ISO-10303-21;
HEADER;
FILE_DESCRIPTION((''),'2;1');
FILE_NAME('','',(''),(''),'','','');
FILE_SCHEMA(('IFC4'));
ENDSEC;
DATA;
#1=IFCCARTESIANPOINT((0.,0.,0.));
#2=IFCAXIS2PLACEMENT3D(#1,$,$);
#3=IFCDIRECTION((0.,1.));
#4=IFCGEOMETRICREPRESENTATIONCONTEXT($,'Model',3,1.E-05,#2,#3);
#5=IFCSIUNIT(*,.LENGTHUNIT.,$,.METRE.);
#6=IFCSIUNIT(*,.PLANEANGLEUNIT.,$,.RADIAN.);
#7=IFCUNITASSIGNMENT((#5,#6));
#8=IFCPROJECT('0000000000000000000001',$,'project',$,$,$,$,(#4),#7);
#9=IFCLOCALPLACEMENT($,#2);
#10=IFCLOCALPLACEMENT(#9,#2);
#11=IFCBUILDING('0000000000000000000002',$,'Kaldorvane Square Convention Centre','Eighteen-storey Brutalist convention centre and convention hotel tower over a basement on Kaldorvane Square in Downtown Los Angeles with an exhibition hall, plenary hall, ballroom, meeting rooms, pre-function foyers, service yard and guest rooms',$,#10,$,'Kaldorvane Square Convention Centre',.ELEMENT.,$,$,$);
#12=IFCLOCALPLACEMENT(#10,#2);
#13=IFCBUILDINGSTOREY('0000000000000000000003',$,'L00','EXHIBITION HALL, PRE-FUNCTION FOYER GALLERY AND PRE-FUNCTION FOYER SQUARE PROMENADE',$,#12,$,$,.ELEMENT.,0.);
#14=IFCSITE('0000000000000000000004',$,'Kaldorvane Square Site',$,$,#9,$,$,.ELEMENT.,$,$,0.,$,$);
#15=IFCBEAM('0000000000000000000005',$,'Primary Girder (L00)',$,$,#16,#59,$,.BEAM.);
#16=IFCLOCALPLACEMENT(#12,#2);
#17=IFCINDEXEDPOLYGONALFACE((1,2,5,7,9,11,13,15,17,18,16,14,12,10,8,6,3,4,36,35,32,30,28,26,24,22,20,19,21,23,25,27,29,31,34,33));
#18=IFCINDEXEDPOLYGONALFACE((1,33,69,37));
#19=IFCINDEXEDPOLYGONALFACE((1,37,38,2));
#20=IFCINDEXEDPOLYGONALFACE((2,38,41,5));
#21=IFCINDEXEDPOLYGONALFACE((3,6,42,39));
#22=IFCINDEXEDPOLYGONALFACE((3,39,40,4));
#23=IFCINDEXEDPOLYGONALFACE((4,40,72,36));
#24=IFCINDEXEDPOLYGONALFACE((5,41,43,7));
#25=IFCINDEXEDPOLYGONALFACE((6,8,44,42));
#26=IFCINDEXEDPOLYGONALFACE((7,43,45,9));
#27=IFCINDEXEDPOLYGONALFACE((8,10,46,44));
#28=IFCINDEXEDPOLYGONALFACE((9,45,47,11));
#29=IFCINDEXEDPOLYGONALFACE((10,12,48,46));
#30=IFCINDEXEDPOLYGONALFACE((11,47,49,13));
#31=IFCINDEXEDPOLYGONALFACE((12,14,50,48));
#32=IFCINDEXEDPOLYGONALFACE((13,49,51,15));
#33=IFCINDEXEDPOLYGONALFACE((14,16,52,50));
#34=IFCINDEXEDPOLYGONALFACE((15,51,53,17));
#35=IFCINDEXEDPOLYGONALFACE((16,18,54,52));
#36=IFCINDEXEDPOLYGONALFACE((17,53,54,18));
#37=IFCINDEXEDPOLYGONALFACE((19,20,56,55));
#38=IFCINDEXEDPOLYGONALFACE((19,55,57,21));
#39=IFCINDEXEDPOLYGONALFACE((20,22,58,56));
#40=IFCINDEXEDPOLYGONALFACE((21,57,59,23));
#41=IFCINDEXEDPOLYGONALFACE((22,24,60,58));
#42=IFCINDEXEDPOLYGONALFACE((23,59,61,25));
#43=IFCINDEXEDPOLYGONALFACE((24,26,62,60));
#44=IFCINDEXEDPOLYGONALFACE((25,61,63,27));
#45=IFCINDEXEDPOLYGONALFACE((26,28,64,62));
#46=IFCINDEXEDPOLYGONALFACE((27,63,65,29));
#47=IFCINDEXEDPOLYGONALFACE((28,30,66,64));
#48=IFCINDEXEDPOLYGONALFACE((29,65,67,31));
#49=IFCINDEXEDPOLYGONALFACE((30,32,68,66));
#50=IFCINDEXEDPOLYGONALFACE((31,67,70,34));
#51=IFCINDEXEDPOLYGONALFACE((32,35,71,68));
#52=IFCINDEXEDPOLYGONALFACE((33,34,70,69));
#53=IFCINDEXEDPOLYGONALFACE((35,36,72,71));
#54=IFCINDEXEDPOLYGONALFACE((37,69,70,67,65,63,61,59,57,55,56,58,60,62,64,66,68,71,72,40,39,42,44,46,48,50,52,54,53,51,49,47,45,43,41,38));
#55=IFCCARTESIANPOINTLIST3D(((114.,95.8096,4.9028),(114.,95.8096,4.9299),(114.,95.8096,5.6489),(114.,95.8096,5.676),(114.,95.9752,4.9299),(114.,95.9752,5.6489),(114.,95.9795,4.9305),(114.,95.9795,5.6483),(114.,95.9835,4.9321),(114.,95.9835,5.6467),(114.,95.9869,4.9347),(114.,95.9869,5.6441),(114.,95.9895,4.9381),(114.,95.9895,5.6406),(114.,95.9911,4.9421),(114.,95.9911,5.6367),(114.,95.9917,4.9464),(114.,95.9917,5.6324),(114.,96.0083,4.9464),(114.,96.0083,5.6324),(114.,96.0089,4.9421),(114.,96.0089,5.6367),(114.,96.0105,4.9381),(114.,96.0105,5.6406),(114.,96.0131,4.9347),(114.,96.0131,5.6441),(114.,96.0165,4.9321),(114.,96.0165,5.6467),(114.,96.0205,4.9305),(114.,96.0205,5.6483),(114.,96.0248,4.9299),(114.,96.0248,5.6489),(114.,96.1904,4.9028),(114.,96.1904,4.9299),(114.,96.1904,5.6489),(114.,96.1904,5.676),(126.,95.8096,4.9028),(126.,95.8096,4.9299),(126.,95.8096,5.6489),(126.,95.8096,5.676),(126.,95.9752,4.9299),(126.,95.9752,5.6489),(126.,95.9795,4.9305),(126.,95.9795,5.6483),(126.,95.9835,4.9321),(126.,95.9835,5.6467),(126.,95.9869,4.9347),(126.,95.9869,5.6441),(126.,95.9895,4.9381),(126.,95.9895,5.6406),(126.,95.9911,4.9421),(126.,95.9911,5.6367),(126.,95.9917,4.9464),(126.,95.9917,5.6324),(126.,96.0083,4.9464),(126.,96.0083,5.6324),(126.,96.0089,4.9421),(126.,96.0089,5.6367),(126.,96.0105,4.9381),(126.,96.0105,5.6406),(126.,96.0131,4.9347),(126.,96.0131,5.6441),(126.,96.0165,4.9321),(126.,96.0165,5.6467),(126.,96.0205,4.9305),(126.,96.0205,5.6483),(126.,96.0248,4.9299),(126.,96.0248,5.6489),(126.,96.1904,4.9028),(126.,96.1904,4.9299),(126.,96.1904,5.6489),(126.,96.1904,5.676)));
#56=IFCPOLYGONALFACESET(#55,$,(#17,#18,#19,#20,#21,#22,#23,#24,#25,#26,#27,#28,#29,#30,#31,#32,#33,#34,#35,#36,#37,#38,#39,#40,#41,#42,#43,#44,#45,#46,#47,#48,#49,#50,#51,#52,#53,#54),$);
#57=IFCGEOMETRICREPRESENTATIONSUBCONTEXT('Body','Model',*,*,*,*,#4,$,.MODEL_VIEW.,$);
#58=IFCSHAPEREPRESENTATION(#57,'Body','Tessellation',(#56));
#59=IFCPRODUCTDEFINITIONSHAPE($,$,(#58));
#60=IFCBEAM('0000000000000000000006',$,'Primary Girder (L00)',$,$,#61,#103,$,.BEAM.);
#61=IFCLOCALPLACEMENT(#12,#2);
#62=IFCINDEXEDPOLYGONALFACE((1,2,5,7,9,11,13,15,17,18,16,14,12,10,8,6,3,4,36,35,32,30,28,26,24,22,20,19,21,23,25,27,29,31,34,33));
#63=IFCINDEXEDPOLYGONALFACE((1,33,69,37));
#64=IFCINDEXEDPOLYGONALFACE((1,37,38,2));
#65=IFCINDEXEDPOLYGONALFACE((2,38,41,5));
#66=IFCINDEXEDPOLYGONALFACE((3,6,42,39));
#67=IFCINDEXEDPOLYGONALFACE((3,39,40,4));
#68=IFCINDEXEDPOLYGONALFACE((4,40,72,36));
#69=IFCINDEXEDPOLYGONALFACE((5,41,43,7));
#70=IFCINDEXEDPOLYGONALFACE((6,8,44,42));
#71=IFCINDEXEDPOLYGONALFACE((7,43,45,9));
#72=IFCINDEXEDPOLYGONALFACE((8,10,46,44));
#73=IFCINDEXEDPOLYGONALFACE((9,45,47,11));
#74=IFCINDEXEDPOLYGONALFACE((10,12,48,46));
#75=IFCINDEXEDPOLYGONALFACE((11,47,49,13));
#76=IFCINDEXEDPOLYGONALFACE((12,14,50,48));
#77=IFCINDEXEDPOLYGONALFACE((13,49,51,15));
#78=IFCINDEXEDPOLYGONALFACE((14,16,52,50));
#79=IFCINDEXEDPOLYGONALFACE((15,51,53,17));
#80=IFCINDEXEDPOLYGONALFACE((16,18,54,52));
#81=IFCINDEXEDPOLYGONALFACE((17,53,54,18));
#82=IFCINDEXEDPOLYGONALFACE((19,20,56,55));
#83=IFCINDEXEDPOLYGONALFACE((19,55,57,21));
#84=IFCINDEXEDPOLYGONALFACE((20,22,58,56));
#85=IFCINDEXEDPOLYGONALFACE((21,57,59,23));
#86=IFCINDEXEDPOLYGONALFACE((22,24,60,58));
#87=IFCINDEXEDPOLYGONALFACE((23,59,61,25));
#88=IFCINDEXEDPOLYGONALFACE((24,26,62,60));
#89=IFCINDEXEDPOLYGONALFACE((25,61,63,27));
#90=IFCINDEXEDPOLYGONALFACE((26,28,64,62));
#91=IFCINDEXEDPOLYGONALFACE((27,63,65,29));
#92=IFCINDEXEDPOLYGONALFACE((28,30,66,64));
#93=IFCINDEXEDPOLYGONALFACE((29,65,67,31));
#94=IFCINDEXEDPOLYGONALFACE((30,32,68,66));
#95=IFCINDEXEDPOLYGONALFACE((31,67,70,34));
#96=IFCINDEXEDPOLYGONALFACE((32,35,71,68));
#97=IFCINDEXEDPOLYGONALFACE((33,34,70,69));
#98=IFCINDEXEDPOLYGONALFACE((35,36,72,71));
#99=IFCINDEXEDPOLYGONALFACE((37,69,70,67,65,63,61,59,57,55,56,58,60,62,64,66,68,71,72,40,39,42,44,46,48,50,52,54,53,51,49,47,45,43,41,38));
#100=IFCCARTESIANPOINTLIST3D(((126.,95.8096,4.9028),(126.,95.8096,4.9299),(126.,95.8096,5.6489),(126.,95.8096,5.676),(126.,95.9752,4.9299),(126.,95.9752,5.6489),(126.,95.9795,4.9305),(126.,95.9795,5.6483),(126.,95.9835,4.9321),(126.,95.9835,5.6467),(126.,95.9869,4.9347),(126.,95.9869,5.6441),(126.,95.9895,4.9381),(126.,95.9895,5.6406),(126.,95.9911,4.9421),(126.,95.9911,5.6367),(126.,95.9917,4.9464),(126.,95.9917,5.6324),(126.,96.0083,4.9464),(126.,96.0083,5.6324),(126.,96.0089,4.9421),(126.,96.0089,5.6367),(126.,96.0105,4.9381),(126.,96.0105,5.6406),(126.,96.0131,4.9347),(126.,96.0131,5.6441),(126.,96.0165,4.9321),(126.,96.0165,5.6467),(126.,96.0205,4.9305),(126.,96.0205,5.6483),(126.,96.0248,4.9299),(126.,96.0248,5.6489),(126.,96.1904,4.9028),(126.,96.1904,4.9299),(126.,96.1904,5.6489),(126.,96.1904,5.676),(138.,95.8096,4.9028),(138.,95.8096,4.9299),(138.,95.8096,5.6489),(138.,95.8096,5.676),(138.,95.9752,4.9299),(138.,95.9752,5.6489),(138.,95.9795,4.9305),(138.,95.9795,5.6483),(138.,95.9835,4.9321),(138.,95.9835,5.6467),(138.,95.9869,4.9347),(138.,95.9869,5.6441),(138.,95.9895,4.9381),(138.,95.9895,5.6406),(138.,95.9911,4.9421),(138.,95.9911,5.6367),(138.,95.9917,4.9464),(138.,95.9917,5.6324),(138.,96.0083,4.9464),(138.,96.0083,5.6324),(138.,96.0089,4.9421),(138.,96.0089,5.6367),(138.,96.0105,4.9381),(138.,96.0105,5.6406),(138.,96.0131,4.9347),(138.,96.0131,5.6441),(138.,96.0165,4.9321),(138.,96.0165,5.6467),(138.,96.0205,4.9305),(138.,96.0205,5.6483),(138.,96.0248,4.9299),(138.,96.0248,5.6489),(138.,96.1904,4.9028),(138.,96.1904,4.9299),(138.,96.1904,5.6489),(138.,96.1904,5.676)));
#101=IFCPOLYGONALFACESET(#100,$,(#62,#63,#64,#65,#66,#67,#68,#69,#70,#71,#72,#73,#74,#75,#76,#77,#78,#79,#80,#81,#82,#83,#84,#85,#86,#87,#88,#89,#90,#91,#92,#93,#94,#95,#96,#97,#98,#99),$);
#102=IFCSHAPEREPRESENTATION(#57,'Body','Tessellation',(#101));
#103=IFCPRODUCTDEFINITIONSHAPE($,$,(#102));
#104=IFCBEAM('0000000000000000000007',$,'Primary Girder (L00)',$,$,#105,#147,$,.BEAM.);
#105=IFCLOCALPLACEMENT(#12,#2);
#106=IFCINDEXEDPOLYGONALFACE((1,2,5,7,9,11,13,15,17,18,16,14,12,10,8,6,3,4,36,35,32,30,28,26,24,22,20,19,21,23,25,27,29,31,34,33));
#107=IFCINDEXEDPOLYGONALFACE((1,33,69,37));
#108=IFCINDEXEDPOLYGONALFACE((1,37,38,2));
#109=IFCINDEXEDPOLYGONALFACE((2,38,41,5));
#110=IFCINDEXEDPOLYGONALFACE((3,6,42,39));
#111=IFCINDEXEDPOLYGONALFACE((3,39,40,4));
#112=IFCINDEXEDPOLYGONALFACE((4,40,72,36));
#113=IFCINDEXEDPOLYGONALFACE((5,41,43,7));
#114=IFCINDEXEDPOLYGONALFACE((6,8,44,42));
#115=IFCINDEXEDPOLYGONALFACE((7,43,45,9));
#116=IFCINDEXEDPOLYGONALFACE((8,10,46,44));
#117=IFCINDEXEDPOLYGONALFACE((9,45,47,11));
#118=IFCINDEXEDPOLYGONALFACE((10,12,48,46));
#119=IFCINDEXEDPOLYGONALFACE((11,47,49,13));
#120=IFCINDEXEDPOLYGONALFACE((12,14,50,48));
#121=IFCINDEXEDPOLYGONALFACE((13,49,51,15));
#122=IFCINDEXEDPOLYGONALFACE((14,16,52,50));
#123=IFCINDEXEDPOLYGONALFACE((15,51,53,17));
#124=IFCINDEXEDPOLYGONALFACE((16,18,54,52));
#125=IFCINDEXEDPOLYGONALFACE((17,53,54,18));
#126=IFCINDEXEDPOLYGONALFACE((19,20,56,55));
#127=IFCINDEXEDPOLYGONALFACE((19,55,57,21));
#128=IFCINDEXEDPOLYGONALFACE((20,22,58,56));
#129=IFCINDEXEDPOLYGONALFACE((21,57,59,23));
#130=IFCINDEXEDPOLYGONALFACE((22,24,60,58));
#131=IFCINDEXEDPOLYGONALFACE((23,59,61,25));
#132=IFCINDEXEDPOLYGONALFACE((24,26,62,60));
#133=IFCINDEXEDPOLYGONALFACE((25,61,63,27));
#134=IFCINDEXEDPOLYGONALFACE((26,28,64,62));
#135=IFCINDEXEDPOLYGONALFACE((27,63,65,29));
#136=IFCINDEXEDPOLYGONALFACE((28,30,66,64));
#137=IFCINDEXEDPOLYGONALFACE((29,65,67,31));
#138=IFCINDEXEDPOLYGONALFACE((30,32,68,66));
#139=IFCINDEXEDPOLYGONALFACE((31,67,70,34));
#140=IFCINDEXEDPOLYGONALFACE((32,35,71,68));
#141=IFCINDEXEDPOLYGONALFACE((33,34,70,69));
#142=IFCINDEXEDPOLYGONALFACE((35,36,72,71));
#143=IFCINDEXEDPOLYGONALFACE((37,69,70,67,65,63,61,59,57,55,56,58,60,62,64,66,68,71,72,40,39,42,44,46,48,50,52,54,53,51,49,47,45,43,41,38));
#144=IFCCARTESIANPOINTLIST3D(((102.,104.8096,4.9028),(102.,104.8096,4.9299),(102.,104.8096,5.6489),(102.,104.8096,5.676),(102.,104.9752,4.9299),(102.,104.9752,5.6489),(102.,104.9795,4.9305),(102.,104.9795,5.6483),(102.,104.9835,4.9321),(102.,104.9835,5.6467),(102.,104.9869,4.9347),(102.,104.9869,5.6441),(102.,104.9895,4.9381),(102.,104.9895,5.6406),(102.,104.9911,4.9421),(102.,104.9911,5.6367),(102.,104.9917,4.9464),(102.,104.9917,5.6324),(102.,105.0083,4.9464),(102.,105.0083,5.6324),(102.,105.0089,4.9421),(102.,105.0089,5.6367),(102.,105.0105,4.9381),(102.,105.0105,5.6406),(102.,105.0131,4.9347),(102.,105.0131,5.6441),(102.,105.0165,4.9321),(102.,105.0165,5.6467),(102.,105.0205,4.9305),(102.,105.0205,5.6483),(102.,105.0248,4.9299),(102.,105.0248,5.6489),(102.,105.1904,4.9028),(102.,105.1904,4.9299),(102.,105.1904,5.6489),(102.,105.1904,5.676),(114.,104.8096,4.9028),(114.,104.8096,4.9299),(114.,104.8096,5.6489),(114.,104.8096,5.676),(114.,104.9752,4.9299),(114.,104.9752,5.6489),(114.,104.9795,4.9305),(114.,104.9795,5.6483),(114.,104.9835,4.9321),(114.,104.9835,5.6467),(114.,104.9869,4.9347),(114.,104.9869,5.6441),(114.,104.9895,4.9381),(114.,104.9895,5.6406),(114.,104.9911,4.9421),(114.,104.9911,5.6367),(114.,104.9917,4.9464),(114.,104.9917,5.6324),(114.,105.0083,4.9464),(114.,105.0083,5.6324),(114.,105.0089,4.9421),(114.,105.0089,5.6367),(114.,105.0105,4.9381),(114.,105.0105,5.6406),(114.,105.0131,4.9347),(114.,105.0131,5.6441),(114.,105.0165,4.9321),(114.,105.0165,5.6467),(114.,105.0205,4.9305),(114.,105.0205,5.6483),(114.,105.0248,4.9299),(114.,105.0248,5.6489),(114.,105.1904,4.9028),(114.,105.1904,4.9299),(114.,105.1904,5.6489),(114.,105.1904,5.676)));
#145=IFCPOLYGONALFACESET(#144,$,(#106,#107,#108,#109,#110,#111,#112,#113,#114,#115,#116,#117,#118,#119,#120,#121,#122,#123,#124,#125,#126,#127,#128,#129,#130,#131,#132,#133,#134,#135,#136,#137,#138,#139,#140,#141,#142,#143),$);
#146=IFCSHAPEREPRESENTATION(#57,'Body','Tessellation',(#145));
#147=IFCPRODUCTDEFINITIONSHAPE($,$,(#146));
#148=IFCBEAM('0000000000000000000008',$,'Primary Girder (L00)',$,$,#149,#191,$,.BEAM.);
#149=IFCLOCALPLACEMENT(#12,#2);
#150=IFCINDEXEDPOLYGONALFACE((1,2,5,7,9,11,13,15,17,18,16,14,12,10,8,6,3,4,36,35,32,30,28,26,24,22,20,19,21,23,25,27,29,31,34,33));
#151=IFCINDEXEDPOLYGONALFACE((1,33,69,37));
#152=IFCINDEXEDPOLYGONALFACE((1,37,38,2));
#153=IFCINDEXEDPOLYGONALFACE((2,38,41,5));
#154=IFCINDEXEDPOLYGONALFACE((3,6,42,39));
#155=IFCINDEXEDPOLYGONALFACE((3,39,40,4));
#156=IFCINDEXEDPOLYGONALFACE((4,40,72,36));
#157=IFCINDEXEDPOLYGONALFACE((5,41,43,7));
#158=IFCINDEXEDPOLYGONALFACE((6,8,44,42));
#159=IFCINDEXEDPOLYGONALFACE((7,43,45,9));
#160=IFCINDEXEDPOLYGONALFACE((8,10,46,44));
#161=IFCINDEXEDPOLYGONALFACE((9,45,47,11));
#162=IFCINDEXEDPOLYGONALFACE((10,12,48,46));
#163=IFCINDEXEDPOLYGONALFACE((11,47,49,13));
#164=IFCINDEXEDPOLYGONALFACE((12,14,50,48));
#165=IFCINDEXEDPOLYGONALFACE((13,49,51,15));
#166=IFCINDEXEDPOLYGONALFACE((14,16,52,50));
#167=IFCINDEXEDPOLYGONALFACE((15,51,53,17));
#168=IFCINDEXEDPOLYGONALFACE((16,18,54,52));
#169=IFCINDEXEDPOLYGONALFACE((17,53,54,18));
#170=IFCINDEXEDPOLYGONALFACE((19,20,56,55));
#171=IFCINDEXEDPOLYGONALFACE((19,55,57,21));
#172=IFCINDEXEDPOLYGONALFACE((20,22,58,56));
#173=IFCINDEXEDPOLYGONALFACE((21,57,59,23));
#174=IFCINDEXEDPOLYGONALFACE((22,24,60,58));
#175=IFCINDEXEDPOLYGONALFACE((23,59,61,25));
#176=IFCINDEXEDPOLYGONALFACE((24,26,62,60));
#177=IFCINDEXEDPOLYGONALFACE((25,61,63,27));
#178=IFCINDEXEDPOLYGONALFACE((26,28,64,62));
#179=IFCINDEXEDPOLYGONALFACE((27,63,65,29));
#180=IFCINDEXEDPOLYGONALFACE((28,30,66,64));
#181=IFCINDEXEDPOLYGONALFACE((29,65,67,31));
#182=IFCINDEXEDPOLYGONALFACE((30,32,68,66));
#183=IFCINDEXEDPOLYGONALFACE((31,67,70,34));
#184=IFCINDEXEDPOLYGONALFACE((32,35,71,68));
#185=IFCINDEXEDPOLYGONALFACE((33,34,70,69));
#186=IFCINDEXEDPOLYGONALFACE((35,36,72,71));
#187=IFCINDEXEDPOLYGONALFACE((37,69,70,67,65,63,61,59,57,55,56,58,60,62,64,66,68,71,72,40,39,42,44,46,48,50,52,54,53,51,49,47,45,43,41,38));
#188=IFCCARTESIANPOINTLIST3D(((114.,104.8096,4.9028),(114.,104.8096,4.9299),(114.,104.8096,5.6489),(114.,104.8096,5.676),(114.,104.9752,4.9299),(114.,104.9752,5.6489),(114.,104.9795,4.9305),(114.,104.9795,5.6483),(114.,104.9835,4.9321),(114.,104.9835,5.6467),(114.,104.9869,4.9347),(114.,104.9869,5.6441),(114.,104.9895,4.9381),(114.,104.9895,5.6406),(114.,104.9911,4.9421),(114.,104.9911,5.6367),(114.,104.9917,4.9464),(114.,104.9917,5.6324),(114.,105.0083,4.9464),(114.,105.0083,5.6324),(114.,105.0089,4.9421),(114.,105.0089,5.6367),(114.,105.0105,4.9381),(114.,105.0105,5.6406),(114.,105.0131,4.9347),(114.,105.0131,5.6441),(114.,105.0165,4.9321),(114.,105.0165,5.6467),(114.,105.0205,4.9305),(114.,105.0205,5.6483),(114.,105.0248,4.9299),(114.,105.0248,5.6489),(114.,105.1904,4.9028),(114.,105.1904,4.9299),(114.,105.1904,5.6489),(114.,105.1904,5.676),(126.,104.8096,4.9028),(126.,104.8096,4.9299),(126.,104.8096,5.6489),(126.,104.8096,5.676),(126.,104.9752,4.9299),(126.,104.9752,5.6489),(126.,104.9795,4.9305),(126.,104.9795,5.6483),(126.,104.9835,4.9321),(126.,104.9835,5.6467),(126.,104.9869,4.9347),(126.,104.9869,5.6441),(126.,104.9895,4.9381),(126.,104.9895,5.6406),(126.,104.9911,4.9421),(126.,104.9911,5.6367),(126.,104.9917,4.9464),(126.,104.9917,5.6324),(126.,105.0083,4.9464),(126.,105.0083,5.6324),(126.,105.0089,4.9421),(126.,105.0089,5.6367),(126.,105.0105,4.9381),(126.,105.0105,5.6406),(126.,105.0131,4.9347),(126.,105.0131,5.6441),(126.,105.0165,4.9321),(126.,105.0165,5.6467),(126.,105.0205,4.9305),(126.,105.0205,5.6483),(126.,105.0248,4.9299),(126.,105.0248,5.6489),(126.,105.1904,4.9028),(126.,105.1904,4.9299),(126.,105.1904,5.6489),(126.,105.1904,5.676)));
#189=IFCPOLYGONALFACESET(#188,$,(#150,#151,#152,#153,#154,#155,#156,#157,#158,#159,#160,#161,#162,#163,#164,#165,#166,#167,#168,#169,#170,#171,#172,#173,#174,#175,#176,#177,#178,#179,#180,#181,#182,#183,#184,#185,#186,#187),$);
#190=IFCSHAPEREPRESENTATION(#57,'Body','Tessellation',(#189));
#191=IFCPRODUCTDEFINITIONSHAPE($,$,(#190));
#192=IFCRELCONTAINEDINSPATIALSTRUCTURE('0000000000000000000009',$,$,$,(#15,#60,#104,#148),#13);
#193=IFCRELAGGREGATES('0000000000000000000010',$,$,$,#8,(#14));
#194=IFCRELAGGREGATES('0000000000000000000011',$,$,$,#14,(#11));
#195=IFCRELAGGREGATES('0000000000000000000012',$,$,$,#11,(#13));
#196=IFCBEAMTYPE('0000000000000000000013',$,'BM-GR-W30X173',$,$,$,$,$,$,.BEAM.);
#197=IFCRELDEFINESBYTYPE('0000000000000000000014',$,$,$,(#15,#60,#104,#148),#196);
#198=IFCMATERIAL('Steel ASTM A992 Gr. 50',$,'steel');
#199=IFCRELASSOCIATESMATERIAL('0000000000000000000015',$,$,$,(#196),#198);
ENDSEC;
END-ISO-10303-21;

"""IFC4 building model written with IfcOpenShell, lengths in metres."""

from ifc_helpers import new_model, si_unit, direction, frame, origin, origin_2d, place, context, subcontext, project, spatial, i_section, extrude, material, material_profile, profile_set, type_object, element, save


model = new_model("IFC4")

# Units and contexts
model_context = context("Model", 3, precision=1e-05, world=origin(), true_north=direction((0.0, 1.0)))
body_context = subcontext(model_context, "Body", "Model", "MODEL_VIEW")
ifc_project = project(units=[si_unit("LENGTHUNIT", "METRE"), si_unit("PLANEANGLEUNIT", "RADIAN")], contexts=[model_context])

# Site, building, storey
site_placement = place(None, origin())
site = spatial("IfcSite", under=ifc_project, at=site_placement, Name="Kaldorvane Square Site", CompositionType="ELEMENT", RefElevation=0.0)
building_placement = place(site_placement, origin())
building = spatial("IfcBuilding", under=site, at=building_placement, Name="Kaldorvane Square Convention Centre", Description="Eighteen-storey Brutalist convention centre and convention hotel tower over a basement on Kaldorvane Square in Downtown Los Angeles with an exhibition hall, plenary hall, ballroom, meeting rooms, pre-function foyers, service yard and guest rooms", LongName="Kaldorvane Square Convention Centre", CompositionType="ELEMENT")
storey_placement = place(building_placement, origin())
storey = spatial("IfcBuildingStorey", under=building, at=storey_placement, Name="L00", Description="EXHIBITION HALL, PRE-FUNCTION FOYER GALLERY AND PRE-FUNCTION FOYER SQUARE PROMENADE", CompositionType="ELEMENT", Elevation=0.0)

# Shared definitions
ifc_material_1 = material(Name="Steel ASTM A992 Gr. 50", Category="steel")

# Beams
ifc_material_profile_1 = material_profile(ifc_material_1, i_section(OverallWidth=0.3807, OverallDepth=0.7732, WebThickness=0.0166, FlangeThickness=0.0271, FilletRadius=0.0165, at=origin_2d()), Name="W30X173")
ifc_profile_set_1 = profile_set([ifc_material_profile_1], Name="Steel ASTM A992 Gr. 50")
beam_type_1 = type_object("IfcBeamType", Name="BM-GR-W30X173", PredefinedType="BEAM", material=ifc_profile_set_1)
for number, where, z_axis, x_axis, name in (
    (1, (114.0, 96.0, 5.2894), (1.0, 0.0, 0.0), (0.0, 1.0, 0.0), "Primary Girder (L00)"),
    (2, (126.0, 96.0, 5.2894), (1.0, 0.0, 0.0), (0.0, 1.0, 0.0), "Primary Girder (L00)"),
    (3, (102.0, 105.0, 5.2894), (1.0, 0.0, 0.0), (0.0, 1.0, 0.0), "Primary Girder (L00)"),
    (4, (114.0, 105.0, 5.2894), (1.0, 0.0, 0.0), (0.0, 1.0, 0.0), "Primary Girder (L00)"),
):
    element("IfcBeam", number, at=place(storey_placement, frame(where, z_axis=z_axis, x_axis=x_axis)), inside=storey, type_object=beam_type_1, Name=name, PredefinedType="BEAM", context=body_context, shape_type="SweptSolid", body=[
        extrude(i_section(OverallWidth=0.3807, OverallDepth=0.7732, WebThickness=0.0166, FlangeThickness=0.0271, FilletRadius=0.0165, at=origin_2d()), origin(), (0.0, 0.0, 1.0), 12.0),
    ])

save(model, "model.ifc")
